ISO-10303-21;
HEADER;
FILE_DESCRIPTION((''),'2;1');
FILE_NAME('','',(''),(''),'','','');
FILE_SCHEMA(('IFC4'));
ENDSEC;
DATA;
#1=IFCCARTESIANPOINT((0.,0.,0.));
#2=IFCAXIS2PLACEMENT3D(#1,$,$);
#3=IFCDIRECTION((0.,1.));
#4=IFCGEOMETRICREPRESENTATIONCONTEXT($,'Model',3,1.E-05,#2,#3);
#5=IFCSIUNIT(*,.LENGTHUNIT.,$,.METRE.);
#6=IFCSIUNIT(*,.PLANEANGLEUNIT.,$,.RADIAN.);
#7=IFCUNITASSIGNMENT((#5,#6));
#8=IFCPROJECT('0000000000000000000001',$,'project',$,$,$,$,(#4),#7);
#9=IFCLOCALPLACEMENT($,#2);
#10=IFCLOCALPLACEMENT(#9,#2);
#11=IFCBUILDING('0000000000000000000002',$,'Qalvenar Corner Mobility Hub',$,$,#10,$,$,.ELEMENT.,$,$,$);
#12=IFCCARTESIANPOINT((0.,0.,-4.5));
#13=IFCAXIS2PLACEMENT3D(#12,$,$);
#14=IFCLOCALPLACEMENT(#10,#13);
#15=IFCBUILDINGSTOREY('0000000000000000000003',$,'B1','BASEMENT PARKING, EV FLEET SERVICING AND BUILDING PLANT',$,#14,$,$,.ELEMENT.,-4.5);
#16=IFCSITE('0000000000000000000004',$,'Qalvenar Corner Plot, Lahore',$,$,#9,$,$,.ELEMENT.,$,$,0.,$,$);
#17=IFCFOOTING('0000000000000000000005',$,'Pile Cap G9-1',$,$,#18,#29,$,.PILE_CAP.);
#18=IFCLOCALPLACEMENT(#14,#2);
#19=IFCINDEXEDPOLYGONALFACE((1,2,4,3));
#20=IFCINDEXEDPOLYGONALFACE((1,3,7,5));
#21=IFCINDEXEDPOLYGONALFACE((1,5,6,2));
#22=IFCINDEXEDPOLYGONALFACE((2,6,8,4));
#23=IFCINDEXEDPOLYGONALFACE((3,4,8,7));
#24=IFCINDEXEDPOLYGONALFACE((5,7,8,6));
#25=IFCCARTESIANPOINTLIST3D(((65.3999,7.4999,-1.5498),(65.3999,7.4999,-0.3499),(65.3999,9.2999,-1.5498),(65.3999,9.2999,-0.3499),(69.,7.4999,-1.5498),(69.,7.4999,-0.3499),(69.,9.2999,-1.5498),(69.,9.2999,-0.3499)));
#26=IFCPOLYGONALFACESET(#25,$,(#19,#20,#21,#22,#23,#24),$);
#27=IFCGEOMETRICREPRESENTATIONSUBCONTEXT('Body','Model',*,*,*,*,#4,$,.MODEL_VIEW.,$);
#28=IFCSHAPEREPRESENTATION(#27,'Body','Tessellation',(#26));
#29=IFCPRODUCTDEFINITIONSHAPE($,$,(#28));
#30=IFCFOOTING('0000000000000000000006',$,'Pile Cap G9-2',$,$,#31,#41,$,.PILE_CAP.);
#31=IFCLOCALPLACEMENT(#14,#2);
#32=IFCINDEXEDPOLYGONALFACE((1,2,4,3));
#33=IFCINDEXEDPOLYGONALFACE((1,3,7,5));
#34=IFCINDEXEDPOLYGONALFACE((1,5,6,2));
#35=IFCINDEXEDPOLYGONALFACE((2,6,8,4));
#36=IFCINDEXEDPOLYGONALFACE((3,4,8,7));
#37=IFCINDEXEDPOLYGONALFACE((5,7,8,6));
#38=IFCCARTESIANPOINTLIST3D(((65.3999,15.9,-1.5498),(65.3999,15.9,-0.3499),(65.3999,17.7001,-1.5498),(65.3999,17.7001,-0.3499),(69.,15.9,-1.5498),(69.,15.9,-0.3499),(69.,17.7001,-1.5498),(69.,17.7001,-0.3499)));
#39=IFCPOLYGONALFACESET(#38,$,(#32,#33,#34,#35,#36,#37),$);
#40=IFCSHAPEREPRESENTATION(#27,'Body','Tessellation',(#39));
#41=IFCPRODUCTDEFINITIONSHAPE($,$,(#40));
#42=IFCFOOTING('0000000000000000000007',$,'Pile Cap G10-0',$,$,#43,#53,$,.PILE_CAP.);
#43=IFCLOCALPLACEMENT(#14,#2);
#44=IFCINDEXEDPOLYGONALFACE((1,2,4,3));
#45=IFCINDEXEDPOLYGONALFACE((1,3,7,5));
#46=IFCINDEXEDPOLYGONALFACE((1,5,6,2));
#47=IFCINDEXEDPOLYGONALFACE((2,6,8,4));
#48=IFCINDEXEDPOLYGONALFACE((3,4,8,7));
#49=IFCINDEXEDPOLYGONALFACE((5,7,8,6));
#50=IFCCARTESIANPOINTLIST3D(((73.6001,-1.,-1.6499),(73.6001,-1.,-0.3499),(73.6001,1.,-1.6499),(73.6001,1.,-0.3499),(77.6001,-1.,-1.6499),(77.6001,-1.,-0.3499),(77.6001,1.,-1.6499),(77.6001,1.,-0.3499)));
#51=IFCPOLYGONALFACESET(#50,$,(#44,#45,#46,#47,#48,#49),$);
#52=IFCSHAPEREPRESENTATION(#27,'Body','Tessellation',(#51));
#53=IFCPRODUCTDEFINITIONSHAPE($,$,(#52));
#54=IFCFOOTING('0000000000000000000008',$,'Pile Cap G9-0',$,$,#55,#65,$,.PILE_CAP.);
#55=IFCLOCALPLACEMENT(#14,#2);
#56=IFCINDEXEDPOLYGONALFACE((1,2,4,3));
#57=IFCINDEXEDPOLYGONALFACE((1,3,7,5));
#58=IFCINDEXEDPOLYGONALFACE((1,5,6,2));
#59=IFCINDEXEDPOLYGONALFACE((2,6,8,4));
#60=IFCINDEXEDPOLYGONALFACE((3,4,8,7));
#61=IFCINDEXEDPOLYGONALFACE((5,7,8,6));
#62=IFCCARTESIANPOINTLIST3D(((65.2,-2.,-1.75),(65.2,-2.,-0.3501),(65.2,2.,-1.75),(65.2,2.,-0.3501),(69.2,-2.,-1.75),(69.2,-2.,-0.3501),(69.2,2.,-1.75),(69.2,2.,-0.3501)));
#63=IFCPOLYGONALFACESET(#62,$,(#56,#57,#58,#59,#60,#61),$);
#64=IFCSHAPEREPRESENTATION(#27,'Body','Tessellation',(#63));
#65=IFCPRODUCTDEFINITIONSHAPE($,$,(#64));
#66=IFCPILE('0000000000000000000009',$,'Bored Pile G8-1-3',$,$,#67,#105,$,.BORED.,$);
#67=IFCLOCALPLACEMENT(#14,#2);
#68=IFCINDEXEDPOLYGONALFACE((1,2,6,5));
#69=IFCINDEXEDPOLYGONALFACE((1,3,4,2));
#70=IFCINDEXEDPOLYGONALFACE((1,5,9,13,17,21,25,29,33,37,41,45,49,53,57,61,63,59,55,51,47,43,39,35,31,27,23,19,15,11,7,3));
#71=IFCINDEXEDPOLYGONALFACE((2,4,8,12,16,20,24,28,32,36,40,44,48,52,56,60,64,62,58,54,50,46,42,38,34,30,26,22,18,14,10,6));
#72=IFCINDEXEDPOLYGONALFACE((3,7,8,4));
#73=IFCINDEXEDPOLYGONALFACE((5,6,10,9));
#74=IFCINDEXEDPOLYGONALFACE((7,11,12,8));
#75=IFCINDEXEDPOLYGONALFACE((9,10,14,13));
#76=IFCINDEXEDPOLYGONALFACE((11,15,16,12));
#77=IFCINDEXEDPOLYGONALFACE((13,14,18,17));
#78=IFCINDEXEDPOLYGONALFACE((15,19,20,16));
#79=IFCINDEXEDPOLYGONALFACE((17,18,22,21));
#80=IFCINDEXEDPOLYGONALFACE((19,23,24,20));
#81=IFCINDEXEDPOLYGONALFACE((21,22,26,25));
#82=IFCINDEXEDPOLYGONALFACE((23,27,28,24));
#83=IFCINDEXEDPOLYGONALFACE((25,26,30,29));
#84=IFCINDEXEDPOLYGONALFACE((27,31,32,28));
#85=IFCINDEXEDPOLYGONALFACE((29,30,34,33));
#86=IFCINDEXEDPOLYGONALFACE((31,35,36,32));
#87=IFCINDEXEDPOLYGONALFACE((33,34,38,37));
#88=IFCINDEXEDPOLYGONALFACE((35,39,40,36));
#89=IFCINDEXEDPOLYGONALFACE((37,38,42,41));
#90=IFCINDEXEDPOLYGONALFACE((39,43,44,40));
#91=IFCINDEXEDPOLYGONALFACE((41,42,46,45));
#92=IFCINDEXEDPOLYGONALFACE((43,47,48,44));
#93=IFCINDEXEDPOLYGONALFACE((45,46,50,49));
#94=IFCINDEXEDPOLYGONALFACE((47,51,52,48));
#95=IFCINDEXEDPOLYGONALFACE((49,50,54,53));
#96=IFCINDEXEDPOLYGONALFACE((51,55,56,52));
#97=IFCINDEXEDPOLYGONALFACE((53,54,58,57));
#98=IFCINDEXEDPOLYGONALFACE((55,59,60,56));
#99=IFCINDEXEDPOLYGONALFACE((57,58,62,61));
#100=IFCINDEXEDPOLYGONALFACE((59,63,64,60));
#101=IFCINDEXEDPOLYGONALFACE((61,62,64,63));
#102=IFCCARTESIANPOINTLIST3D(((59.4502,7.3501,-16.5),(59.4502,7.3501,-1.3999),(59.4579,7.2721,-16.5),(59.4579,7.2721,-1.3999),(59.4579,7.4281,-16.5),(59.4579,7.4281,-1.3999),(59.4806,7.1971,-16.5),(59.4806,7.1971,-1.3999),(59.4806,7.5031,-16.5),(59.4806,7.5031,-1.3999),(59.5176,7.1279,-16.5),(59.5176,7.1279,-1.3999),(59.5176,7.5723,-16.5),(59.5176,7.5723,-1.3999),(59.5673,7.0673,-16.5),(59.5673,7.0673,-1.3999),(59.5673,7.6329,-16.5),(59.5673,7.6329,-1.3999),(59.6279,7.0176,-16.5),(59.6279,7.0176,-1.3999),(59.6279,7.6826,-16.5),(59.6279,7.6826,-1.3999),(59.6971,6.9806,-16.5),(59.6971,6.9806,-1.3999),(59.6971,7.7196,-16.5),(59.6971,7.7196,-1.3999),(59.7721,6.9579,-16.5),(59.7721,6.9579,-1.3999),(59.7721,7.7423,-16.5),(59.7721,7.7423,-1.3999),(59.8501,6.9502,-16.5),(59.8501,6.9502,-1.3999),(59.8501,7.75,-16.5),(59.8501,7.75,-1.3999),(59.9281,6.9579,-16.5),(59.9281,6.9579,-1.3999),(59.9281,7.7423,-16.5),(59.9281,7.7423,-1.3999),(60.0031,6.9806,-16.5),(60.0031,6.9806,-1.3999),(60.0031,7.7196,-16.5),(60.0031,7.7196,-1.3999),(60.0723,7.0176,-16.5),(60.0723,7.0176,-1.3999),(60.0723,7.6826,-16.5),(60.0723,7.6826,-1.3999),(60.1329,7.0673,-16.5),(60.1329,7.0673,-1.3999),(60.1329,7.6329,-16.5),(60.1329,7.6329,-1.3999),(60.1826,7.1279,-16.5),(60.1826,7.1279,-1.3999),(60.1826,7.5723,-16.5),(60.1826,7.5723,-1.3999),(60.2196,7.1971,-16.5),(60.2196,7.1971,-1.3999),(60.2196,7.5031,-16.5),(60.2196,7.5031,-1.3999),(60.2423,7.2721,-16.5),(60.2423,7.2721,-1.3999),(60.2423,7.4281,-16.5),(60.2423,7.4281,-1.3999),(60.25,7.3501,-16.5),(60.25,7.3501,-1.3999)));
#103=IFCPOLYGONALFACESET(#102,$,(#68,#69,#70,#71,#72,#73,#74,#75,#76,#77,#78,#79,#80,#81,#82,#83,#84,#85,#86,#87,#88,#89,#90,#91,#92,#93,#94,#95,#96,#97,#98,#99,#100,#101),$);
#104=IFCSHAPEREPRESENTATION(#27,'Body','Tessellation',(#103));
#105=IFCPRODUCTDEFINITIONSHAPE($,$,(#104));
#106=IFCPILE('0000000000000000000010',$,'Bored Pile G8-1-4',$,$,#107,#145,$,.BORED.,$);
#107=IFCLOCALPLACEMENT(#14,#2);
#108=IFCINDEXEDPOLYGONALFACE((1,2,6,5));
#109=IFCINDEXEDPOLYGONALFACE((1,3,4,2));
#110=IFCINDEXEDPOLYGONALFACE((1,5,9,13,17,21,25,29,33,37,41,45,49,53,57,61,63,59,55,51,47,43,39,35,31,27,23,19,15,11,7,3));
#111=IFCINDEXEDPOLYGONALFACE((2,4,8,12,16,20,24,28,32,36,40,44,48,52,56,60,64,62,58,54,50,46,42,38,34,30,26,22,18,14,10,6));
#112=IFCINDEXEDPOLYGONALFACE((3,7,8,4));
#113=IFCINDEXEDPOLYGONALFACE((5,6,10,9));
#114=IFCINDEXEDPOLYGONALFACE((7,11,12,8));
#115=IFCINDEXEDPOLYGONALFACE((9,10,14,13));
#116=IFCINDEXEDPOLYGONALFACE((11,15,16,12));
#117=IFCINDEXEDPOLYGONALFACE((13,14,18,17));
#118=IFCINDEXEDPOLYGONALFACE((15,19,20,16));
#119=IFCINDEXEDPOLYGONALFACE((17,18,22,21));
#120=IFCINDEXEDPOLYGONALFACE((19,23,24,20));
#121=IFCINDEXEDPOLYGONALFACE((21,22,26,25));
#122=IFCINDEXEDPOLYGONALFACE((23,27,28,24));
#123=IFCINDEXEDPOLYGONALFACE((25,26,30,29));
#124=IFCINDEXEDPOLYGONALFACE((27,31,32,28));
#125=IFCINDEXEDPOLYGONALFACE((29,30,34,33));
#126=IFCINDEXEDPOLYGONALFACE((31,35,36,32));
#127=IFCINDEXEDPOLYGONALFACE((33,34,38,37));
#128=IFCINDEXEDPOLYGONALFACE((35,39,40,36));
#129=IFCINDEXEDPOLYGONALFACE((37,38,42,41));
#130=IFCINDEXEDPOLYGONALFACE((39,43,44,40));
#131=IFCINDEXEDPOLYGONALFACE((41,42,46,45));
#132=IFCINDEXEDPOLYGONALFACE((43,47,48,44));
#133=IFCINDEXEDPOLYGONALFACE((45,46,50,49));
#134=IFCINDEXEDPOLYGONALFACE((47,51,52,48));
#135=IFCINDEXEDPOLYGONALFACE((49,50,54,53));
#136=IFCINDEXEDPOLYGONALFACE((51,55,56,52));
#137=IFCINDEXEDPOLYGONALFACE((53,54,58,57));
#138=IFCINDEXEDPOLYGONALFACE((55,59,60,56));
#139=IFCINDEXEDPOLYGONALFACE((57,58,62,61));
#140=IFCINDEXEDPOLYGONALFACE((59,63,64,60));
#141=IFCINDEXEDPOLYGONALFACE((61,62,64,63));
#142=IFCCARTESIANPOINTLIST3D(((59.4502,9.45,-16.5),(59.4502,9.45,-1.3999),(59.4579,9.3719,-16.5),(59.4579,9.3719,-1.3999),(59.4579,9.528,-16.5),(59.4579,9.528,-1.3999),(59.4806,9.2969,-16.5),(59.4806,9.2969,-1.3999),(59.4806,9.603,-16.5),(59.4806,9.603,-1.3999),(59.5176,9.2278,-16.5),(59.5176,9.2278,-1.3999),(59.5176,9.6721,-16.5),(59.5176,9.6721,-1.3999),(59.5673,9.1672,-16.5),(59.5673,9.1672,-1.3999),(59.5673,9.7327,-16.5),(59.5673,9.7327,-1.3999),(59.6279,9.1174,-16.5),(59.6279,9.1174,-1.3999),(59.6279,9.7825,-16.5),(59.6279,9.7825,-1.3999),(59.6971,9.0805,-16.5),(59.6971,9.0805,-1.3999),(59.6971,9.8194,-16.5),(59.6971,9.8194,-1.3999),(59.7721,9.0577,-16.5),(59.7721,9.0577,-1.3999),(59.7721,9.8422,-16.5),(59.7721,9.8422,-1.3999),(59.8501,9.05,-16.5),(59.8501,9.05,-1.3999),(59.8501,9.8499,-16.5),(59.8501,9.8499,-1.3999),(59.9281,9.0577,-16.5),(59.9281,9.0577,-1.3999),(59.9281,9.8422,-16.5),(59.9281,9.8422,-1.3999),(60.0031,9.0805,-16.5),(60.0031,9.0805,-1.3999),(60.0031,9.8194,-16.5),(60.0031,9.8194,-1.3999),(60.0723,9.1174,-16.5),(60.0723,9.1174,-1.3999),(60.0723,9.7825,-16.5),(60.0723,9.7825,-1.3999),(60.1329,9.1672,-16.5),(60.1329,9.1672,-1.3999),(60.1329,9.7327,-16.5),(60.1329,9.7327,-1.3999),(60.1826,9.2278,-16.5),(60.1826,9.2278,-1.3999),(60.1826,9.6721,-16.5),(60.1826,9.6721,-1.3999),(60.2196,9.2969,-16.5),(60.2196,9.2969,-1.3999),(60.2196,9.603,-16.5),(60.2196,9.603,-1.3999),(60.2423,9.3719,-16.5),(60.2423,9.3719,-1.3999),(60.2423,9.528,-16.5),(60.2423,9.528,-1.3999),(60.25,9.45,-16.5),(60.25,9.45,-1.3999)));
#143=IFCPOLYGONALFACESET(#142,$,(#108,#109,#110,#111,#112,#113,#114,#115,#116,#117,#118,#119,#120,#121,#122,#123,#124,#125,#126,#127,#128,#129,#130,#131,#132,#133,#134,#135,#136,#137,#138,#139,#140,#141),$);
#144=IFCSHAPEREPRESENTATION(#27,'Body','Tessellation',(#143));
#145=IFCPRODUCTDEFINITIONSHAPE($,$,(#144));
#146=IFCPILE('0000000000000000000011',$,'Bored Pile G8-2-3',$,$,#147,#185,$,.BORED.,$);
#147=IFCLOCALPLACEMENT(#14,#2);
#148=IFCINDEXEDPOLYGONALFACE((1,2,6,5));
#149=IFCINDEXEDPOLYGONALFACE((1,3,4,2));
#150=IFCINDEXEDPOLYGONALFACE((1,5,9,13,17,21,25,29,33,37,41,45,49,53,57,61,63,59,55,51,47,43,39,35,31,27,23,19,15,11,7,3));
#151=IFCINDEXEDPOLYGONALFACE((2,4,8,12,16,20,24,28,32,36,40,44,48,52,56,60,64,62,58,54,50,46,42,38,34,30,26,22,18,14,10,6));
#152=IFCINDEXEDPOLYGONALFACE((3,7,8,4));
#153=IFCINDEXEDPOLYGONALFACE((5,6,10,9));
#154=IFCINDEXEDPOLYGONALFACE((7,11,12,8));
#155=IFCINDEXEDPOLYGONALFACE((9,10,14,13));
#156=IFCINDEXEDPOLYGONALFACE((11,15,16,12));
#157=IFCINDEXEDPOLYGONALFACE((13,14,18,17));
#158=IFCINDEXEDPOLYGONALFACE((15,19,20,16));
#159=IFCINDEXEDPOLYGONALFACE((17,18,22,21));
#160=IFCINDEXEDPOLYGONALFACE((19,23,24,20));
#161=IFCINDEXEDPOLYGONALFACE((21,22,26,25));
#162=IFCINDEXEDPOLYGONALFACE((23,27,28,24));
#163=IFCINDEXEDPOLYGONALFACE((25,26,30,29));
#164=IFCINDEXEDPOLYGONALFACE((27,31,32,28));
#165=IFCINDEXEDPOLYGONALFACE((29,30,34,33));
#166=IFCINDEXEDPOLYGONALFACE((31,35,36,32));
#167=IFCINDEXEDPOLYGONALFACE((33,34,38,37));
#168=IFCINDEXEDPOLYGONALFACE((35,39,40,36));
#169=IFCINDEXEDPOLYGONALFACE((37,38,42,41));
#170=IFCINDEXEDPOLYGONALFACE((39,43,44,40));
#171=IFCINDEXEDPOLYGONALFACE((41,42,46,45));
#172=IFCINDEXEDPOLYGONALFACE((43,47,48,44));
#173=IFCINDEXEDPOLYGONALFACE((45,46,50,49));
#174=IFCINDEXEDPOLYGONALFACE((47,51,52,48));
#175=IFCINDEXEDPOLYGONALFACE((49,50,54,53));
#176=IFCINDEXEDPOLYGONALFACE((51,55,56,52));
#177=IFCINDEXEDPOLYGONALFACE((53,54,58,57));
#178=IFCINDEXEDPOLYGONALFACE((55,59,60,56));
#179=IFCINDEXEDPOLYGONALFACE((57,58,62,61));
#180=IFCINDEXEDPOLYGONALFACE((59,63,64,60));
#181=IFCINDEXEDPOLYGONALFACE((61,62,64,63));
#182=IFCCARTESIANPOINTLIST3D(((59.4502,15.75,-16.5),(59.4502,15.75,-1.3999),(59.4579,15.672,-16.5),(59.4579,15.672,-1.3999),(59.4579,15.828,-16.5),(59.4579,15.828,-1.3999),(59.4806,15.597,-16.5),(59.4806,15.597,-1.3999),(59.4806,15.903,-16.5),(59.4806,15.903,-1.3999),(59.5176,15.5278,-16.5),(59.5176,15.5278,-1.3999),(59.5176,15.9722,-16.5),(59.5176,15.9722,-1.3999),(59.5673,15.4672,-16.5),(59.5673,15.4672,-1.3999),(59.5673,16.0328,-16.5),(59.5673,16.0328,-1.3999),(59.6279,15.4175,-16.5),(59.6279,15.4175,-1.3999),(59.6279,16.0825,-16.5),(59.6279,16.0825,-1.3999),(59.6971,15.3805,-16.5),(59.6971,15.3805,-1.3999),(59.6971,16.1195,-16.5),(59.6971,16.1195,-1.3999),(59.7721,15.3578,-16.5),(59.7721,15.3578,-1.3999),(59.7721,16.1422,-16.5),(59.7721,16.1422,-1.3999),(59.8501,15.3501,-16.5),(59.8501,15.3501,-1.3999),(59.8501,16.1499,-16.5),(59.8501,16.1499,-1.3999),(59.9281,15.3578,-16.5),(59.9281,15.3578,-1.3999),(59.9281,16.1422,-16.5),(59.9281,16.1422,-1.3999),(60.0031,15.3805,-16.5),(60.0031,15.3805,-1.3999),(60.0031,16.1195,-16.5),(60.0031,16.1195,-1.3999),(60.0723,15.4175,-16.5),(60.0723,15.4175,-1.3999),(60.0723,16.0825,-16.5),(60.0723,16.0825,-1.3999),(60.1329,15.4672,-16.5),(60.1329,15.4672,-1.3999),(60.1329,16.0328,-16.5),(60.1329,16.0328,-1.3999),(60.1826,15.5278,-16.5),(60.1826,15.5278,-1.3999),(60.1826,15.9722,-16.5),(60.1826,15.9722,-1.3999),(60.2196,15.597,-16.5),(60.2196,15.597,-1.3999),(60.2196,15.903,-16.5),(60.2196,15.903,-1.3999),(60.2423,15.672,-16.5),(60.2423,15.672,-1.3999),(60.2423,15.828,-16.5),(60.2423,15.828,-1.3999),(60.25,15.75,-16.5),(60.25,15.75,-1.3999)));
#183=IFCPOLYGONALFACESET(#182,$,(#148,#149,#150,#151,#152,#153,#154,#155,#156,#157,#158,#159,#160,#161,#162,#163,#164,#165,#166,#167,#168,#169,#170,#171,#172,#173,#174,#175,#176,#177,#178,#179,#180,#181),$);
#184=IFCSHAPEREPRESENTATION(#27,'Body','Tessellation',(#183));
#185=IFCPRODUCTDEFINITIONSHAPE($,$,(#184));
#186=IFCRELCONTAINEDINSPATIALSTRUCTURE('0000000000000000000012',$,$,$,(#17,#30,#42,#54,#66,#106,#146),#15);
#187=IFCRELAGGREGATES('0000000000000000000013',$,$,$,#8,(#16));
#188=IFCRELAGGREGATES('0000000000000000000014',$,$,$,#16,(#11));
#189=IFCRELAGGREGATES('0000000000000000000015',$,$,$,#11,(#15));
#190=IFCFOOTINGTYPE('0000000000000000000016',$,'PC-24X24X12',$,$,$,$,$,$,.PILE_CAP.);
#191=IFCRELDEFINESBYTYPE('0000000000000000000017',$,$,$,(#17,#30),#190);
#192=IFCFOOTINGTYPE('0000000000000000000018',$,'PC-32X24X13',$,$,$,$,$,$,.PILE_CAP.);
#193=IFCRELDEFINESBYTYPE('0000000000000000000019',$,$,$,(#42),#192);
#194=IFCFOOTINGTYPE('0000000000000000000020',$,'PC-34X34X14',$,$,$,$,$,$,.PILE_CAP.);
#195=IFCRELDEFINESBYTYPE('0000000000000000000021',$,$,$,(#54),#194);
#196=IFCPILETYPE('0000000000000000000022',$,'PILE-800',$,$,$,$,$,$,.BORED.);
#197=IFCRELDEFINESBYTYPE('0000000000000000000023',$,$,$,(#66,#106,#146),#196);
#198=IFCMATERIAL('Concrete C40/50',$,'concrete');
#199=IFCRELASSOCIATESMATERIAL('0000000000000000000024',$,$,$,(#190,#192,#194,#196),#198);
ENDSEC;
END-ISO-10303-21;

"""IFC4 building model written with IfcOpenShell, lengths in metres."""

from ifc_helpers import new_model, si_unit, direction, frame, origin, origin_2d, place, context, subcontext, project, spatial, rectangle, circle, extrude, material, material_profile, profile_set, type_object, element, save


model = new_model("IFC4")

# Units and contexts
model_context = context("Model", 3, precision=1e-05, world=origin(), true_north=direction((0.0, 1.0)))
body_context = subcontext(model_context, "Body", "Model", "MODEL_VIEW")
ifc_project = project(units=[si_unit("LENGTHUNIT", "METRE"), si_unit("PLANEANGLEUNIT", "RADIAN")], contexts=[model_context])

# Site, building, storey
site_placement = place(None, origin())
site = spatial("IfcSite", under=ifc_project, at=site_placement, Name="Qalvenar Corner Plot, Lahore", CompositionType="ELEMENT", RefElevation=0.0)
building_placement = place(site_placement, origin())
building = spatial("IfcBuilding", under=site, at=building_placement, Name="Qalvenar Corner Mobility Hub", CompositionType="ELEMENT")
storey_placement = place(building_placement, frame((0.0, 0.0, -4.5)))
storey = spatial("IfcBuildingStorey", under=building, at=storey_placement, Name="B1", Description="BASEMENT PARKING, EV FLEET SERVICING AND BUILDING PLANT", CompositionType="ELEMENT", Elevation=-4.5)

# Footings
ifc_material_1 = material(Name="Concrete C40/50", Category="concrete")
footing_type_1 = type_object("IfcFootingType", Name="PC-24X24X12", PredefinedType="PILE_CAP", material=ifc_material_1)
for number, where, z_axis, x_axis, name in (
    (1, (67.2, 8.3999, -1.5498), (0.0, 0.0, 1.0), (1.0, 0.0, 0.0), "Pile Cap G9-1"),
    (2, (67.2, 16.8, -1.5498), (0.0, 0.0, 1.0), (1.0, 0.0, 0.0), "Pile Cap G9-2"),
):
    element("IfcFooting", number, at=place(storey_placement, frame(where, z_axis=z_axis, x_axis=x_axis)), inside=storey, type_object=footing_type_1, Name=name, PredefinedType="PILE_CAP", context=body_context, shape_type="SweptSolid", body=[
        extrude(rectangle(XDim=3.6001, YDim=1.8, at=origin_2d()), origin(), (0.0, 0.0, 1.0), 1.2),
    ])
footing_type_2 = type_object("IfcFootingType", Name="PC-32X24X13", PredefinedType="PILE_CAP", material=ifc_material_1)
footing_1_placement = place(storey_placement, frame((75.6001, 0.0, -1.6499), z_axis=(0.0, 0.0, 1.0), x_axis=(1.0, 0.0, 0.0)))
element("IfcFooting", 3, at=footing_1_placement, inside=storey, type_object=footing_type_2, Name="Pile Cap G10-0", PredefinedType="PILE_CAP", context=body_context, shape_type="SweptSolid", body=[
    extrude(rectangle(XDim=4.0, YDim=2.0, at=origin_2d()), origin(), (0.0, 0.0, 1.0), 1.3),
])
footing_type_3 = type_object("IfcFootingType", Name="PC-34X34X14", PredefinedType="PILE_CAP", material=ifc_material_1)
footing_2_placement = place(storey_placement, frame((67.2, 0.0, -1.75), z_axis=(0.0, 0.0, 1.0), x_axis=(1.0, 0.0, 0.0)))
element("IfcFooting", 4, at=footing_2_placement, inside=storey, type_object=footing_type_3, Name="Pile Cap G9-0", PredefinedType="PILE_CAP", context=body_context, shape_type="SweptSolid", body=[
    extrude(rectangle(XDim=4.0, YDim=4.0, at=origin_2d()), origin(), (0.0, 0.0, 1.0), 1.3999),
])

# Piles
ifc_material_profile_1 = material_profile(ifc_material_1, circle(Radius=0.3999, at=origin_2d()), Name="DIA800")
ifc_profile_set_1 = profile_set([ifc_material_profile_1], Name="Concrete C40/50")
pile_type_1 = type_object("IfcPileType", Name="PILE-800", PredefinedType="BORED", material=ifc_profile_set_1)
for number, where, z_axis, x_axis, name in (
    (5, (59.8501, 7.3501, -1.3999), (0.0, 0.0, -1.0), (1.0, 0.0, 0.0), "Bored Pile G8-1-3"),
    (6, (59.8501, 9.45, -1.3999), (0.0, 0.0, -1.0), (1.0, 0.0, 0.0), "Bored Pile G8-1-4"),
    (7, (59.8501, 15.75, -1.3999), (0.0, 0.0, -1.0), (1.0, 0.0, 0.0), "Bored Pile G8-2-3"),
):
    element("IfcPile", number, at=place(storey_placement, frame(where, z_axis=z_axis, x_axis=x_axis)), inside=storey, type_object=pile_type_1, Name=name, PredefinedType="BORED", context=body_context, shape_type="SweptSolid", body=[
        extrude(circle(Radius=0.3999, at=origin_2d()), origin(), (0.0, 0.0, 1.0), 15.1001),
    ])

save(model, "model.ifc")
